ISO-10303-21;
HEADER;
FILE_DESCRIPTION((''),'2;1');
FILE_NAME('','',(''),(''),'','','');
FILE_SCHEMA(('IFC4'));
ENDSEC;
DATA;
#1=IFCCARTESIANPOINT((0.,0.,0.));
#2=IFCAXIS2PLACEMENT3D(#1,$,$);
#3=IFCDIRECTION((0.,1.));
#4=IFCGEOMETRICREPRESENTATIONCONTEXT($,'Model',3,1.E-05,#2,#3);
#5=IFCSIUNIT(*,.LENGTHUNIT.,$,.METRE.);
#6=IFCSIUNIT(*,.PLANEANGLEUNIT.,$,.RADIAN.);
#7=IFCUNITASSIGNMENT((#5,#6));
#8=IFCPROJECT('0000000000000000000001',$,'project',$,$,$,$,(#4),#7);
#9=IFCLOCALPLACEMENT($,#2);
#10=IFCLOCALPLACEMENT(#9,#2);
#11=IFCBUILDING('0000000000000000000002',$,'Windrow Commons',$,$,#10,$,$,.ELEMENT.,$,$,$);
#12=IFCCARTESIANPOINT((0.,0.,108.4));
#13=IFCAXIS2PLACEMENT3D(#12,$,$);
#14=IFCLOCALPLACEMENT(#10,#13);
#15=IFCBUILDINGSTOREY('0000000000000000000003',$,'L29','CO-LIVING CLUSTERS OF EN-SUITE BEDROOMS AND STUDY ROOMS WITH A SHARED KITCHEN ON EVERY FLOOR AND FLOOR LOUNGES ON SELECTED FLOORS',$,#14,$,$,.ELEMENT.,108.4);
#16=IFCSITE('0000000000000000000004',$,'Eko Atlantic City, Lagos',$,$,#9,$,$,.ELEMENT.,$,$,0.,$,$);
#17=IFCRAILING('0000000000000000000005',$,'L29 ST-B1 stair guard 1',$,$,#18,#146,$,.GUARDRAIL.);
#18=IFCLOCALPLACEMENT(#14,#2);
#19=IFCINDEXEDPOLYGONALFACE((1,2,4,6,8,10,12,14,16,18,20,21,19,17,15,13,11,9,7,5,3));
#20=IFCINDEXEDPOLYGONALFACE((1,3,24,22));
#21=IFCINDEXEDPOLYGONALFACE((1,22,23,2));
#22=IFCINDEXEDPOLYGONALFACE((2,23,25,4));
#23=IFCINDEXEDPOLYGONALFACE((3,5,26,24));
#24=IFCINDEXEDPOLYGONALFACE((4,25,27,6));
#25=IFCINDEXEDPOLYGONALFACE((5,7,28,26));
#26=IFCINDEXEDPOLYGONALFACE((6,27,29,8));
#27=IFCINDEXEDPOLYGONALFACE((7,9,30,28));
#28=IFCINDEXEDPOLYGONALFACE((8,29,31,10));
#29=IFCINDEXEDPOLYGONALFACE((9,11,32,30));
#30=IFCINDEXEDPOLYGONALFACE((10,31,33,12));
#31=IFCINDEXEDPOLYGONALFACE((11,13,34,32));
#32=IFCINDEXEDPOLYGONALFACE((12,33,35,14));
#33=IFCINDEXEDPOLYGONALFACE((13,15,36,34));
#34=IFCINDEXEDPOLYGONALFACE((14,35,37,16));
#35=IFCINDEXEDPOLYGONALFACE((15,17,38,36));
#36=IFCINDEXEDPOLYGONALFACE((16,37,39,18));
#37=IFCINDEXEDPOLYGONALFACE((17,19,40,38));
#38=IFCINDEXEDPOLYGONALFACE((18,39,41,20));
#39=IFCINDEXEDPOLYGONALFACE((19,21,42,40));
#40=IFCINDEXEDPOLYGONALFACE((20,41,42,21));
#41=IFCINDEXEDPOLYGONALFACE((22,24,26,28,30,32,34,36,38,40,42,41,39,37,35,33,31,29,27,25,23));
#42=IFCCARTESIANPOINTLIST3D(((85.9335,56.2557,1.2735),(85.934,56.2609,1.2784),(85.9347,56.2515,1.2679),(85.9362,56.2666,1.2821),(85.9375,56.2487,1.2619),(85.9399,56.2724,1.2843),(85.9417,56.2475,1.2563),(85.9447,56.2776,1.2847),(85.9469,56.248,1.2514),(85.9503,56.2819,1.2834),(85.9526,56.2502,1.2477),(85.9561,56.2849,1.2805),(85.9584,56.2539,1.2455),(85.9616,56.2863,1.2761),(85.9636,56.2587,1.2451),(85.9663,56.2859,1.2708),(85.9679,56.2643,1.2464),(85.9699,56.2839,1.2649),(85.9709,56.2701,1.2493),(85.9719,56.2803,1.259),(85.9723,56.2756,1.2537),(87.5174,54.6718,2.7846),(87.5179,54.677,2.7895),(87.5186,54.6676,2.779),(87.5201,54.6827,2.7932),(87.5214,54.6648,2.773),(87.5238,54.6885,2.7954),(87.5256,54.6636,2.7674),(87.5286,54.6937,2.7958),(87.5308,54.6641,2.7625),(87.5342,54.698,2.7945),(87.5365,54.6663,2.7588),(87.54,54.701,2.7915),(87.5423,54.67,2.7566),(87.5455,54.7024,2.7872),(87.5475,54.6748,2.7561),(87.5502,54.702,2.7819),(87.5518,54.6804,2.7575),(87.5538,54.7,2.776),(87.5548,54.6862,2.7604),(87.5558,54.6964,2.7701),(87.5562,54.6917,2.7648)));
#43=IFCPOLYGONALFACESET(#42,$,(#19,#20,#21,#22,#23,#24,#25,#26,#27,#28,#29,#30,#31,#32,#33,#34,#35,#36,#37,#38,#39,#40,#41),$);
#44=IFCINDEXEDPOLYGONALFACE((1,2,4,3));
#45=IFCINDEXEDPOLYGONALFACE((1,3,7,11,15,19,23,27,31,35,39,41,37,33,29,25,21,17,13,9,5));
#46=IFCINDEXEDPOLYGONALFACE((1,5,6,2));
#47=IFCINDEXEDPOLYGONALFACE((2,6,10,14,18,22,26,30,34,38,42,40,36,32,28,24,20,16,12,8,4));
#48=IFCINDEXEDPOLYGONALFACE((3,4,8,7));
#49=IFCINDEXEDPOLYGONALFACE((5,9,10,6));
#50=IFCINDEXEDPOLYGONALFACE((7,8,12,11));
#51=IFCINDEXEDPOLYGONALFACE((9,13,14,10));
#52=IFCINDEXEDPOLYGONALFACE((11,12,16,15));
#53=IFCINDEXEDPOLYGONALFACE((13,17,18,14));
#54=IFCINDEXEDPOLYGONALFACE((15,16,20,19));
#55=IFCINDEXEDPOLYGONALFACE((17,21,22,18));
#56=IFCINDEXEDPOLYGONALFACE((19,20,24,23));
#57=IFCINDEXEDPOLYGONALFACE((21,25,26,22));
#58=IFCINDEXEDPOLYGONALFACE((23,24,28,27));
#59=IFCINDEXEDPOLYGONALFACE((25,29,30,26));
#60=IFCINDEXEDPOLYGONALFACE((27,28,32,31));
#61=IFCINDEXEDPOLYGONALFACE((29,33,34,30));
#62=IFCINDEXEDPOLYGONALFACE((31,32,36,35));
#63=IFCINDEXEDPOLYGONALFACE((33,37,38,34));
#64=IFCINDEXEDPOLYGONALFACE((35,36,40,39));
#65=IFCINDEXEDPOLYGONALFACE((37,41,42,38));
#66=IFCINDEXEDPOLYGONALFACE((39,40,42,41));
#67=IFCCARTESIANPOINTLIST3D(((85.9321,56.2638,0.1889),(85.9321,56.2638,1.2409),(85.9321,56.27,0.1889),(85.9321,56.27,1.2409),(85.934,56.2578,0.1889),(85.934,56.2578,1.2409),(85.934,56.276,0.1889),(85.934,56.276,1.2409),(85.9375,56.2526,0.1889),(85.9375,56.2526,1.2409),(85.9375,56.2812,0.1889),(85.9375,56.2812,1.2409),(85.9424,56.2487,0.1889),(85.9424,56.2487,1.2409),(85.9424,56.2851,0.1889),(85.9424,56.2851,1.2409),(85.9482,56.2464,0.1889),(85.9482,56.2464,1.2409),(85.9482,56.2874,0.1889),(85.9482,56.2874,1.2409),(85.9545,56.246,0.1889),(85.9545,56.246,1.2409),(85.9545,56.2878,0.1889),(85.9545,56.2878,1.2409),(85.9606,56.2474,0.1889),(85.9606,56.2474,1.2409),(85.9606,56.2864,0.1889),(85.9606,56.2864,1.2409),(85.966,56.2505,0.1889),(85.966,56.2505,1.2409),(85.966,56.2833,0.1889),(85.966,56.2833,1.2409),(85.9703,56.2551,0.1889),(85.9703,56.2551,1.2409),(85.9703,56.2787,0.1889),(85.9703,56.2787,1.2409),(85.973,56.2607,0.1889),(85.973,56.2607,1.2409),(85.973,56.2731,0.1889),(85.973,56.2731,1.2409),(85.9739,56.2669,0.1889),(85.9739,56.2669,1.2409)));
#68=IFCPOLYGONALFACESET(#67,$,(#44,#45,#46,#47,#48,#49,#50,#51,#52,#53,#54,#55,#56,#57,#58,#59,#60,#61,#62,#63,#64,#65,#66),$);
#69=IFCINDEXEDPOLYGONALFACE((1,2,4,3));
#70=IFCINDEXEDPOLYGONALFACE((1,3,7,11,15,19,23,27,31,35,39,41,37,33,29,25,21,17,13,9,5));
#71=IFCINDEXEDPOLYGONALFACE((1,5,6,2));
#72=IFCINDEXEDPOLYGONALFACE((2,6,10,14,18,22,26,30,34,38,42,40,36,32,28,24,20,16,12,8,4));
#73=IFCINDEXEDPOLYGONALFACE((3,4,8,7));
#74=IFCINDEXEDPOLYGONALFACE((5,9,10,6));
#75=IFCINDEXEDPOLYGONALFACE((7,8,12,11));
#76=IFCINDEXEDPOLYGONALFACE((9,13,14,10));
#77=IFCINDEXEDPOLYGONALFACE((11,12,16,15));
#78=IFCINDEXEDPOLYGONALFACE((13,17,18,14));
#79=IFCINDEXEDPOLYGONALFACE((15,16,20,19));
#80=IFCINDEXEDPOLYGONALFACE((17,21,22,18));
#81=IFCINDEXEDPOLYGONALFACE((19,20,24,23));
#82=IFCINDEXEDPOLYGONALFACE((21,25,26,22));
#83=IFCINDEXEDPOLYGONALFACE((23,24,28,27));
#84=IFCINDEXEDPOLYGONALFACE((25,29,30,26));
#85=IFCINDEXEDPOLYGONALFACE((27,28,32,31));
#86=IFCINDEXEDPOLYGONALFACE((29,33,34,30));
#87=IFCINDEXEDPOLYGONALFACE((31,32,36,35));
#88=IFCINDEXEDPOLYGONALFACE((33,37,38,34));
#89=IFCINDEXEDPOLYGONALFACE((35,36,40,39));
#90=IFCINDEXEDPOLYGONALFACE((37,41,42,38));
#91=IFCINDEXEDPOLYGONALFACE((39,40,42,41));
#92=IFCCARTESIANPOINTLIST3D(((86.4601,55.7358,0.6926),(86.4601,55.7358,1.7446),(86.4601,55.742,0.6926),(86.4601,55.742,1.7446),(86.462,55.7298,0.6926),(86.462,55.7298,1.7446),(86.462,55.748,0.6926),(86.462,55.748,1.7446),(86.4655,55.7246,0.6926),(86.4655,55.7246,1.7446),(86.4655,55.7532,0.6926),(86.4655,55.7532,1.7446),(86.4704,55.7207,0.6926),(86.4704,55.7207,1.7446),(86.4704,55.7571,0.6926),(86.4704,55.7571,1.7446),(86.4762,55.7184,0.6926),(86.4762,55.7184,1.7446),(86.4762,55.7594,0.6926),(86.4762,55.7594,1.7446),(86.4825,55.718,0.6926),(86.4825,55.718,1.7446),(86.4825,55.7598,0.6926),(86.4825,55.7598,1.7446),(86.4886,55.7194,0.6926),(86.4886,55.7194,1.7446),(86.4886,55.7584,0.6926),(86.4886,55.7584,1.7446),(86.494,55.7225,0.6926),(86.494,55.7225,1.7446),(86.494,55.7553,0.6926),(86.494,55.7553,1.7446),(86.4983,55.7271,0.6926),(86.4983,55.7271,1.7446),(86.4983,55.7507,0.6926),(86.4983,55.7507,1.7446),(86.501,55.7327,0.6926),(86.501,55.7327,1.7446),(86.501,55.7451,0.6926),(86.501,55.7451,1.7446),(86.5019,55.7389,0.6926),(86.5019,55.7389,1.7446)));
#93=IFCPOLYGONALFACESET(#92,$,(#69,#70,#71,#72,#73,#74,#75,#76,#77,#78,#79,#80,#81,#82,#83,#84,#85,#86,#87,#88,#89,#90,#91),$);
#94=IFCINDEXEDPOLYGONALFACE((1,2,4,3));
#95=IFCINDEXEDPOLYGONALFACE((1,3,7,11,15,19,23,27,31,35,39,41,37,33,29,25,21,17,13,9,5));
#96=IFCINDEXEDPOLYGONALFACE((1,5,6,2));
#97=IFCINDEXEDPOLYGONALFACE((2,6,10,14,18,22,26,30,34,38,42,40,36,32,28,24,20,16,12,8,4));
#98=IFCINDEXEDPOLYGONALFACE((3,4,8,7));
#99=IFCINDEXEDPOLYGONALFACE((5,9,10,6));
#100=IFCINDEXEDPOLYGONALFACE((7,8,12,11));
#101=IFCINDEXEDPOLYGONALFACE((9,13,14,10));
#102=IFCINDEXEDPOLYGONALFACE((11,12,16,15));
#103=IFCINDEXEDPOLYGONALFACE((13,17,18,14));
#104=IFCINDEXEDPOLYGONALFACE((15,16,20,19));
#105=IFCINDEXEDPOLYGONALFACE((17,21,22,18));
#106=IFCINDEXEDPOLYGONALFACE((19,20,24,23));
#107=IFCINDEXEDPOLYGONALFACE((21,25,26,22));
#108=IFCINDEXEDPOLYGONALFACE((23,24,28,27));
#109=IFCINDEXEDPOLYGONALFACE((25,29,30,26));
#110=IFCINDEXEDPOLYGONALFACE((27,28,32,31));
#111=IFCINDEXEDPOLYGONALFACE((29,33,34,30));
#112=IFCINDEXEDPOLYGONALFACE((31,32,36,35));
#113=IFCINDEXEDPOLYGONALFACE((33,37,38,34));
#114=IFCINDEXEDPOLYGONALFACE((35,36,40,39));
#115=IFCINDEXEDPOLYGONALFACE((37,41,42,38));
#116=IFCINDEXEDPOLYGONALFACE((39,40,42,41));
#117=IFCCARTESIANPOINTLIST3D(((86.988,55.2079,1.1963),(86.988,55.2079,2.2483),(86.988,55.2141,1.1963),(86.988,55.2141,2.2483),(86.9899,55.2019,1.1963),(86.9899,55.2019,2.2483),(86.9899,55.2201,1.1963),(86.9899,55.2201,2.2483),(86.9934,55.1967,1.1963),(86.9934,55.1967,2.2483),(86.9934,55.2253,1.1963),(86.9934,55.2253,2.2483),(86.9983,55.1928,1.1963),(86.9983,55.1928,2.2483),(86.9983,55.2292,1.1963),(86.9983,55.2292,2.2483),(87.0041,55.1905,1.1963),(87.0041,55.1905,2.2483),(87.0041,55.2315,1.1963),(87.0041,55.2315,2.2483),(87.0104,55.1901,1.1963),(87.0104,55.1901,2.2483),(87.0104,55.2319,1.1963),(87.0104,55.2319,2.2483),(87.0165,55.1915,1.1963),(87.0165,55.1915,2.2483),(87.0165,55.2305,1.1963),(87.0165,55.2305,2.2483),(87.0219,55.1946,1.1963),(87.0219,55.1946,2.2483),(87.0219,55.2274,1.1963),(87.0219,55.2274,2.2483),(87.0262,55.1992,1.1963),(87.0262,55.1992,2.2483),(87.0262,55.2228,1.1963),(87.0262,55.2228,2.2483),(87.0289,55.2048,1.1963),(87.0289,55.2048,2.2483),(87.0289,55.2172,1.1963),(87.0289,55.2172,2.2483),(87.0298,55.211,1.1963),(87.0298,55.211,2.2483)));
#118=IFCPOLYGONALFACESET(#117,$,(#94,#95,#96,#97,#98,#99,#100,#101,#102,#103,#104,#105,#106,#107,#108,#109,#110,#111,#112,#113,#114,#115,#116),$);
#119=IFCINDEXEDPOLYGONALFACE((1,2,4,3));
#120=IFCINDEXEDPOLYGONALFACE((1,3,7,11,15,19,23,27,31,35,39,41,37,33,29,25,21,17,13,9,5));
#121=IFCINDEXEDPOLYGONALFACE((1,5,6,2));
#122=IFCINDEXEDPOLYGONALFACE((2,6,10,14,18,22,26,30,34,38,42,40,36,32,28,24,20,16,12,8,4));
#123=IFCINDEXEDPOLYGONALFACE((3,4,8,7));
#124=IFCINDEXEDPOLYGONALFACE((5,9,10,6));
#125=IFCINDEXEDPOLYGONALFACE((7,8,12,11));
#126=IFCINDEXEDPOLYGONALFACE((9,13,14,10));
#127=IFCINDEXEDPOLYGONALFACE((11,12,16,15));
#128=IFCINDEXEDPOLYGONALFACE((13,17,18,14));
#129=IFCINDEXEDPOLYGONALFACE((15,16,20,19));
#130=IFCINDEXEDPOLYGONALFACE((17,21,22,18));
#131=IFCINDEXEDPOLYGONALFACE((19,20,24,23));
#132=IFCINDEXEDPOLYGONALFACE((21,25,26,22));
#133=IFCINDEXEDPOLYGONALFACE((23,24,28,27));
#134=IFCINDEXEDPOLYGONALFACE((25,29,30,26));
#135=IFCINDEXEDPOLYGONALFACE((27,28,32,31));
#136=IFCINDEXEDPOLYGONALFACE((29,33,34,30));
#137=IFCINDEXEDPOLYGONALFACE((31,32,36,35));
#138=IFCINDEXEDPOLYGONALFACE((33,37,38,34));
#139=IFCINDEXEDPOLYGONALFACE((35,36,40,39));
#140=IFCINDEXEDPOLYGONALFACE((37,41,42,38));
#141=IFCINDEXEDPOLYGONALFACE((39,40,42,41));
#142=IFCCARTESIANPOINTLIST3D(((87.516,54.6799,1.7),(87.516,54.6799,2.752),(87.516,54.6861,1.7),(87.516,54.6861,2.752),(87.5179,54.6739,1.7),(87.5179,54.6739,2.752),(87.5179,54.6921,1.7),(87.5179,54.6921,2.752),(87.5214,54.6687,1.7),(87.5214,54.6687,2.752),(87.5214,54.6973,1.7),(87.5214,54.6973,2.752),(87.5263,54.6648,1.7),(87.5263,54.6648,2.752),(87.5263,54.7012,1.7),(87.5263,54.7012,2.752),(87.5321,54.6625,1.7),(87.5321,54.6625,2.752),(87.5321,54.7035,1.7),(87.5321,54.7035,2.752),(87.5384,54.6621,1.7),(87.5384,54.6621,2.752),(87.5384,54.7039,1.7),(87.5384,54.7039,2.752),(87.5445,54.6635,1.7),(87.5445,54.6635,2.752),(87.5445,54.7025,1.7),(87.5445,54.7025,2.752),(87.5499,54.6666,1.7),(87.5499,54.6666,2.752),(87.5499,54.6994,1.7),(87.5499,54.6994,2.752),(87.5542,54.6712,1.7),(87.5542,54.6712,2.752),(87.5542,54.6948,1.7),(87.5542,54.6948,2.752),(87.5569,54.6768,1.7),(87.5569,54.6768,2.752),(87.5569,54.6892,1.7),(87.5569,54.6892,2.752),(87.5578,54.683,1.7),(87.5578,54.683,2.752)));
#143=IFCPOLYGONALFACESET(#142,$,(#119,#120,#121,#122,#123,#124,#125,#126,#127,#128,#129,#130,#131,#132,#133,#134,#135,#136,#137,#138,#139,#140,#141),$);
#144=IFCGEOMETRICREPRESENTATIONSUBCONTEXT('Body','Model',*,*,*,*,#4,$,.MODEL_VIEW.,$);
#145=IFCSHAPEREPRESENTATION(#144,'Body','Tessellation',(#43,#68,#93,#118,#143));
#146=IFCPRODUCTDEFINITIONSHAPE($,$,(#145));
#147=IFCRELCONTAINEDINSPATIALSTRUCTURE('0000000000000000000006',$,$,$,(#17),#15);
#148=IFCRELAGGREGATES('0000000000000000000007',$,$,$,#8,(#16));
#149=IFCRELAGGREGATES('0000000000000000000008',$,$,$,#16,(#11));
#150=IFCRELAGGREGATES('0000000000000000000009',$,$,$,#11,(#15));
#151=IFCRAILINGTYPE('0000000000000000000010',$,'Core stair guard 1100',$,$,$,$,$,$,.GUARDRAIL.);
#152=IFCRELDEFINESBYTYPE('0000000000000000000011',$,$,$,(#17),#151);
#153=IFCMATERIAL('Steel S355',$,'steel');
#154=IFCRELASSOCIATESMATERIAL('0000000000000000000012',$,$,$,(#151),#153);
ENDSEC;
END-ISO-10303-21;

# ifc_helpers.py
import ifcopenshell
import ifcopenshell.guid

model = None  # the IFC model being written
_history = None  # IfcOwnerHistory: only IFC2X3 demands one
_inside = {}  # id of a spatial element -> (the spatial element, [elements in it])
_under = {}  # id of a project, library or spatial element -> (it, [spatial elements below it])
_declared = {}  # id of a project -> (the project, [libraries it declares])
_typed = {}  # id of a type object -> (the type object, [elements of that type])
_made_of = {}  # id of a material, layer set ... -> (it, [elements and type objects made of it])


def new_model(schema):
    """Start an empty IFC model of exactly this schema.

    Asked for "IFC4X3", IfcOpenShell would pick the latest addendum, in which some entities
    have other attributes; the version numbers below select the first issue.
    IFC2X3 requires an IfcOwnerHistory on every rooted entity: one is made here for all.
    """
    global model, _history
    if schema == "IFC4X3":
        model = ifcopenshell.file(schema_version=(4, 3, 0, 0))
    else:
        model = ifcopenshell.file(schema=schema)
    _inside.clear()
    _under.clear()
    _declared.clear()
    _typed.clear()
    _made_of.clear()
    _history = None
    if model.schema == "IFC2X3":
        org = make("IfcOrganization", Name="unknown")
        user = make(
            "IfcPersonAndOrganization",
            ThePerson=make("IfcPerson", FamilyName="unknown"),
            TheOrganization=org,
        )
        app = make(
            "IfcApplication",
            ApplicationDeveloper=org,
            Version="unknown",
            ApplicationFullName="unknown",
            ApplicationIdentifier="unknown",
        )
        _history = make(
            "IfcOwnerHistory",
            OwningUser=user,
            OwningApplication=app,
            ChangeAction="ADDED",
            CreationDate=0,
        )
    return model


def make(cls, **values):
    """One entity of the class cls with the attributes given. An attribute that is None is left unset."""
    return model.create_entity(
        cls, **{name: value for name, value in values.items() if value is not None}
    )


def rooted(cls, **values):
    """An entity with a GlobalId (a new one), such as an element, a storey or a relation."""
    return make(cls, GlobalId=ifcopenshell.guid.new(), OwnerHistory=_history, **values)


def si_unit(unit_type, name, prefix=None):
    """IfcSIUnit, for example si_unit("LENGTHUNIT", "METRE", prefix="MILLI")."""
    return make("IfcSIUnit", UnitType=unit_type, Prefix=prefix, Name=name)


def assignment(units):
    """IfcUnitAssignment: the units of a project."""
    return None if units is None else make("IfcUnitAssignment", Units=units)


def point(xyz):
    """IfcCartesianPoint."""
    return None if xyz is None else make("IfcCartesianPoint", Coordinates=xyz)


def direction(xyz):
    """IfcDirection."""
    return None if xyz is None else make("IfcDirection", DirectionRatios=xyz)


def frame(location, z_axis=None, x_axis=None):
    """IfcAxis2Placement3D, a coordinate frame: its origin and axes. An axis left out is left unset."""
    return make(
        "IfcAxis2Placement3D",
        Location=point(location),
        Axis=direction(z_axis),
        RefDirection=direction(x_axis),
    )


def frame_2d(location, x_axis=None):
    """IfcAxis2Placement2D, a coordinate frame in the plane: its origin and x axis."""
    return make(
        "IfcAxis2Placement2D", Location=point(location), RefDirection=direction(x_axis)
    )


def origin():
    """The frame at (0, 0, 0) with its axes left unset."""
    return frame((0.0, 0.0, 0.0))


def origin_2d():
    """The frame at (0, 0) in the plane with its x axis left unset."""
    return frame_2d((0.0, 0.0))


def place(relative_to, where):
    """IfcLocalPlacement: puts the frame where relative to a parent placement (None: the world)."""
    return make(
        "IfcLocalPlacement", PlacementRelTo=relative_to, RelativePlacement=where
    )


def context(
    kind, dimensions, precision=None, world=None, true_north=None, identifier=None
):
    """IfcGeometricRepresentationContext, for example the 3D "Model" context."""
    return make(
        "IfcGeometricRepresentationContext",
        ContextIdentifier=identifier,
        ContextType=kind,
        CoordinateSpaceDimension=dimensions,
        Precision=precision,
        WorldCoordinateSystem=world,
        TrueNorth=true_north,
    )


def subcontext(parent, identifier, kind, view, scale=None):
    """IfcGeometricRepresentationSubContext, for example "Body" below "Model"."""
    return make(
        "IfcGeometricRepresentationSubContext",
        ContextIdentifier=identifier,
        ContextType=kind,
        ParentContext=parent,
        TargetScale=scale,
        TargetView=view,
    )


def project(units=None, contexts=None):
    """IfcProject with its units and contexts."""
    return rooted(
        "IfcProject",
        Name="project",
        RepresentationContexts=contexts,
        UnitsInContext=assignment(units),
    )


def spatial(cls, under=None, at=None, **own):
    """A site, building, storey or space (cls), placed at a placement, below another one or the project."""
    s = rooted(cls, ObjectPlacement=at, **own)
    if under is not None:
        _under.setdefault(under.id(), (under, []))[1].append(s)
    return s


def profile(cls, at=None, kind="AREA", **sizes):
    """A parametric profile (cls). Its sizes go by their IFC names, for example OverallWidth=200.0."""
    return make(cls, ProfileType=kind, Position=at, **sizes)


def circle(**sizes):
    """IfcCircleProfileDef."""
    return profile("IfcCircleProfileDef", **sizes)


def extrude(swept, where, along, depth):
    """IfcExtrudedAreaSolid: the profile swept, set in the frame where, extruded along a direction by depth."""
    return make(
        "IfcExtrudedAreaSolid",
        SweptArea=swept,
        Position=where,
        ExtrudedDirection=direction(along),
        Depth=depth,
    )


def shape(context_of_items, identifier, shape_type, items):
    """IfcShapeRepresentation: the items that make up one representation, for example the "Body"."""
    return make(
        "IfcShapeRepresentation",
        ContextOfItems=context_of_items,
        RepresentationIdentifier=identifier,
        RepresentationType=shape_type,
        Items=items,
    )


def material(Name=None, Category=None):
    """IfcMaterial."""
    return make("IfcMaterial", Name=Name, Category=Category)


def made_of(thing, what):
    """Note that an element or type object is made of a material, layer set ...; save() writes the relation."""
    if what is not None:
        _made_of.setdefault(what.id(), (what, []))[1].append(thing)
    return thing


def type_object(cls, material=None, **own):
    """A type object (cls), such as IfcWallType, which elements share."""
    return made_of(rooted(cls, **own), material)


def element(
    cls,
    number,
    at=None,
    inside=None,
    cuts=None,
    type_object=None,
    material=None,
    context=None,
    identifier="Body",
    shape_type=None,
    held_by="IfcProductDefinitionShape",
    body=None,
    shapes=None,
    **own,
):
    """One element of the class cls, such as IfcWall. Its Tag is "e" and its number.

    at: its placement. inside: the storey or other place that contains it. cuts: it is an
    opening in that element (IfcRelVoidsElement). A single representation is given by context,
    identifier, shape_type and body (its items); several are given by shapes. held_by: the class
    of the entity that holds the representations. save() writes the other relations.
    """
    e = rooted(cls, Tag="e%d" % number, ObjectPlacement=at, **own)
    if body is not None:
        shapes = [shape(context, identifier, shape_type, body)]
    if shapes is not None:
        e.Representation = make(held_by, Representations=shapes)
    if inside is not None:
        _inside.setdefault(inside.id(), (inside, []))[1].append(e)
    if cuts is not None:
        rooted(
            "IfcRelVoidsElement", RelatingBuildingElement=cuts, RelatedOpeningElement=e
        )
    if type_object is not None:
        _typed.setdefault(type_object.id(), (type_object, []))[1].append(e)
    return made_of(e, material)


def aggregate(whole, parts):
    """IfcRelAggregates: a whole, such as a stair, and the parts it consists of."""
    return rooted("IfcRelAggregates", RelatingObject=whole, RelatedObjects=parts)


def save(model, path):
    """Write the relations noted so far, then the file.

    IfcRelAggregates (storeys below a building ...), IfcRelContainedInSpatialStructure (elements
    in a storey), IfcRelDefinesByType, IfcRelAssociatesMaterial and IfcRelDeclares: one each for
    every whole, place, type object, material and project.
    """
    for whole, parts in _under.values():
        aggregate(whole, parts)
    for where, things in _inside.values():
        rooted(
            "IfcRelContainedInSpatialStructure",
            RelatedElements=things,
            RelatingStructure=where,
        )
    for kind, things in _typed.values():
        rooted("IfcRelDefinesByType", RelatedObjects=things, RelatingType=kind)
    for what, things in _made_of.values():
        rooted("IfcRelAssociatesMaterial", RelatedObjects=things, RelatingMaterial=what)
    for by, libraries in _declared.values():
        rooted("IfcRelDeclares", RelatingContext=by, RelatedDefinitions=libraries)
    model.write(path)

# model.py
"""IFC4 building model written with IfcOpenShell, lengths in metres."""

from ifc_helpers import new_model, si_unit, direction, frame, origin, origin_2d, place, context, subcontext, project, spatial, circle, extrude, material, type_object, element, save


model = new_model("IFC4")

# Units and contexts
model_context = context("Model", 3, precision=1e-05, world=origin(), true_north=direction((0.0, 1.0)))
body_context = subcontext(model_context, "Body", "Model", "MODEL_VIEW")
ifc_project = project(units=[si_unit("LENGTHUNIT", "METRE"), si_unit("PLANEANGLEUNIT", "RADIAN")], contexts=[model_context])

# Site, building, storey
site_placement = place(None, origin())
site = spatial("IfcSite", under=ifc_project, at=site_placement, Name="Eko Atlantic City, Lagos", CompositionType="ELEMENT", RefElevation=0.0)
building_placement = place(site_placement, origin())
building = spatial("IfcBuilding", under=site, at=building_placement, Name="Windrow Commons", CompositionType="ELEMENT")
storey_placement = place(building_placement, frame((0.0, 0.0, 108.4)))
storey = spatial("IfcBuildingStorey", under=building, at=storey_placement, Name="L29", Description="CO-LIVING CLUSTERS OF EN-SUITE BEDROOMS AND STUDY ROOMS WITH A SHARED KITCHEN ON EVERY FLOOR AND FLOOR LOUNGES ON SELECTED FLOORS", CompositionType="ELEMENT", Elevation=108.4)

# Railing
ifc_material_1 = material(Name="Steel S355", Category="steel")
railing_type_1 = type_object("IfcRailingType", Name="Core stair guard 1100", PredefinedType="GUARDRAIL", material=ifc_material_1)
railing_1_placement = place(storey_placement, frame((85.9529, 56.2669, 0.1889)))
element("IfcRailing", 1, at=railing_1_placement, inside=storey, type_object=railing_type_1, Name="L29 ST-B1 stair guard 1", PredefinedType="GUARDRAIL", context=body_context, shape_type="SweptSolid", body=[
    extrude(circle(Radius=0.024, at=origin_2d()), frame((0.0, 0.0, 1.076), z_axis=(0.586191, -0.586191, 0.559249), x_axis=(0.707107, 0.707107, 0.0)), (0.0, 0.0, 1.0), 2.702),
    extrude(circle(Radius=0.021, at=origin_2d()), origin(), (0.0, 0.0, 1.0), 1.052),
    extrude(circle(Radius=0.021, at=origin_2d()), frame((0.528, -0.528, 0.5037)), (0.0, 0.0, 1.0), 1.052),
    extrude(circle(Radius=0.021, at=origin_2d()), frame((1.0559, -1.0559, 1.0074)), (0.0, 0.0, 1.0), 1.052),
    extrude(circle(Radius=0.021, at=origin_2d()), frame((1.5839, -1.5839, 1.5111)), (0.0, 0.0, 1.0), 1.052),
])

save(model, "model.ifc")
